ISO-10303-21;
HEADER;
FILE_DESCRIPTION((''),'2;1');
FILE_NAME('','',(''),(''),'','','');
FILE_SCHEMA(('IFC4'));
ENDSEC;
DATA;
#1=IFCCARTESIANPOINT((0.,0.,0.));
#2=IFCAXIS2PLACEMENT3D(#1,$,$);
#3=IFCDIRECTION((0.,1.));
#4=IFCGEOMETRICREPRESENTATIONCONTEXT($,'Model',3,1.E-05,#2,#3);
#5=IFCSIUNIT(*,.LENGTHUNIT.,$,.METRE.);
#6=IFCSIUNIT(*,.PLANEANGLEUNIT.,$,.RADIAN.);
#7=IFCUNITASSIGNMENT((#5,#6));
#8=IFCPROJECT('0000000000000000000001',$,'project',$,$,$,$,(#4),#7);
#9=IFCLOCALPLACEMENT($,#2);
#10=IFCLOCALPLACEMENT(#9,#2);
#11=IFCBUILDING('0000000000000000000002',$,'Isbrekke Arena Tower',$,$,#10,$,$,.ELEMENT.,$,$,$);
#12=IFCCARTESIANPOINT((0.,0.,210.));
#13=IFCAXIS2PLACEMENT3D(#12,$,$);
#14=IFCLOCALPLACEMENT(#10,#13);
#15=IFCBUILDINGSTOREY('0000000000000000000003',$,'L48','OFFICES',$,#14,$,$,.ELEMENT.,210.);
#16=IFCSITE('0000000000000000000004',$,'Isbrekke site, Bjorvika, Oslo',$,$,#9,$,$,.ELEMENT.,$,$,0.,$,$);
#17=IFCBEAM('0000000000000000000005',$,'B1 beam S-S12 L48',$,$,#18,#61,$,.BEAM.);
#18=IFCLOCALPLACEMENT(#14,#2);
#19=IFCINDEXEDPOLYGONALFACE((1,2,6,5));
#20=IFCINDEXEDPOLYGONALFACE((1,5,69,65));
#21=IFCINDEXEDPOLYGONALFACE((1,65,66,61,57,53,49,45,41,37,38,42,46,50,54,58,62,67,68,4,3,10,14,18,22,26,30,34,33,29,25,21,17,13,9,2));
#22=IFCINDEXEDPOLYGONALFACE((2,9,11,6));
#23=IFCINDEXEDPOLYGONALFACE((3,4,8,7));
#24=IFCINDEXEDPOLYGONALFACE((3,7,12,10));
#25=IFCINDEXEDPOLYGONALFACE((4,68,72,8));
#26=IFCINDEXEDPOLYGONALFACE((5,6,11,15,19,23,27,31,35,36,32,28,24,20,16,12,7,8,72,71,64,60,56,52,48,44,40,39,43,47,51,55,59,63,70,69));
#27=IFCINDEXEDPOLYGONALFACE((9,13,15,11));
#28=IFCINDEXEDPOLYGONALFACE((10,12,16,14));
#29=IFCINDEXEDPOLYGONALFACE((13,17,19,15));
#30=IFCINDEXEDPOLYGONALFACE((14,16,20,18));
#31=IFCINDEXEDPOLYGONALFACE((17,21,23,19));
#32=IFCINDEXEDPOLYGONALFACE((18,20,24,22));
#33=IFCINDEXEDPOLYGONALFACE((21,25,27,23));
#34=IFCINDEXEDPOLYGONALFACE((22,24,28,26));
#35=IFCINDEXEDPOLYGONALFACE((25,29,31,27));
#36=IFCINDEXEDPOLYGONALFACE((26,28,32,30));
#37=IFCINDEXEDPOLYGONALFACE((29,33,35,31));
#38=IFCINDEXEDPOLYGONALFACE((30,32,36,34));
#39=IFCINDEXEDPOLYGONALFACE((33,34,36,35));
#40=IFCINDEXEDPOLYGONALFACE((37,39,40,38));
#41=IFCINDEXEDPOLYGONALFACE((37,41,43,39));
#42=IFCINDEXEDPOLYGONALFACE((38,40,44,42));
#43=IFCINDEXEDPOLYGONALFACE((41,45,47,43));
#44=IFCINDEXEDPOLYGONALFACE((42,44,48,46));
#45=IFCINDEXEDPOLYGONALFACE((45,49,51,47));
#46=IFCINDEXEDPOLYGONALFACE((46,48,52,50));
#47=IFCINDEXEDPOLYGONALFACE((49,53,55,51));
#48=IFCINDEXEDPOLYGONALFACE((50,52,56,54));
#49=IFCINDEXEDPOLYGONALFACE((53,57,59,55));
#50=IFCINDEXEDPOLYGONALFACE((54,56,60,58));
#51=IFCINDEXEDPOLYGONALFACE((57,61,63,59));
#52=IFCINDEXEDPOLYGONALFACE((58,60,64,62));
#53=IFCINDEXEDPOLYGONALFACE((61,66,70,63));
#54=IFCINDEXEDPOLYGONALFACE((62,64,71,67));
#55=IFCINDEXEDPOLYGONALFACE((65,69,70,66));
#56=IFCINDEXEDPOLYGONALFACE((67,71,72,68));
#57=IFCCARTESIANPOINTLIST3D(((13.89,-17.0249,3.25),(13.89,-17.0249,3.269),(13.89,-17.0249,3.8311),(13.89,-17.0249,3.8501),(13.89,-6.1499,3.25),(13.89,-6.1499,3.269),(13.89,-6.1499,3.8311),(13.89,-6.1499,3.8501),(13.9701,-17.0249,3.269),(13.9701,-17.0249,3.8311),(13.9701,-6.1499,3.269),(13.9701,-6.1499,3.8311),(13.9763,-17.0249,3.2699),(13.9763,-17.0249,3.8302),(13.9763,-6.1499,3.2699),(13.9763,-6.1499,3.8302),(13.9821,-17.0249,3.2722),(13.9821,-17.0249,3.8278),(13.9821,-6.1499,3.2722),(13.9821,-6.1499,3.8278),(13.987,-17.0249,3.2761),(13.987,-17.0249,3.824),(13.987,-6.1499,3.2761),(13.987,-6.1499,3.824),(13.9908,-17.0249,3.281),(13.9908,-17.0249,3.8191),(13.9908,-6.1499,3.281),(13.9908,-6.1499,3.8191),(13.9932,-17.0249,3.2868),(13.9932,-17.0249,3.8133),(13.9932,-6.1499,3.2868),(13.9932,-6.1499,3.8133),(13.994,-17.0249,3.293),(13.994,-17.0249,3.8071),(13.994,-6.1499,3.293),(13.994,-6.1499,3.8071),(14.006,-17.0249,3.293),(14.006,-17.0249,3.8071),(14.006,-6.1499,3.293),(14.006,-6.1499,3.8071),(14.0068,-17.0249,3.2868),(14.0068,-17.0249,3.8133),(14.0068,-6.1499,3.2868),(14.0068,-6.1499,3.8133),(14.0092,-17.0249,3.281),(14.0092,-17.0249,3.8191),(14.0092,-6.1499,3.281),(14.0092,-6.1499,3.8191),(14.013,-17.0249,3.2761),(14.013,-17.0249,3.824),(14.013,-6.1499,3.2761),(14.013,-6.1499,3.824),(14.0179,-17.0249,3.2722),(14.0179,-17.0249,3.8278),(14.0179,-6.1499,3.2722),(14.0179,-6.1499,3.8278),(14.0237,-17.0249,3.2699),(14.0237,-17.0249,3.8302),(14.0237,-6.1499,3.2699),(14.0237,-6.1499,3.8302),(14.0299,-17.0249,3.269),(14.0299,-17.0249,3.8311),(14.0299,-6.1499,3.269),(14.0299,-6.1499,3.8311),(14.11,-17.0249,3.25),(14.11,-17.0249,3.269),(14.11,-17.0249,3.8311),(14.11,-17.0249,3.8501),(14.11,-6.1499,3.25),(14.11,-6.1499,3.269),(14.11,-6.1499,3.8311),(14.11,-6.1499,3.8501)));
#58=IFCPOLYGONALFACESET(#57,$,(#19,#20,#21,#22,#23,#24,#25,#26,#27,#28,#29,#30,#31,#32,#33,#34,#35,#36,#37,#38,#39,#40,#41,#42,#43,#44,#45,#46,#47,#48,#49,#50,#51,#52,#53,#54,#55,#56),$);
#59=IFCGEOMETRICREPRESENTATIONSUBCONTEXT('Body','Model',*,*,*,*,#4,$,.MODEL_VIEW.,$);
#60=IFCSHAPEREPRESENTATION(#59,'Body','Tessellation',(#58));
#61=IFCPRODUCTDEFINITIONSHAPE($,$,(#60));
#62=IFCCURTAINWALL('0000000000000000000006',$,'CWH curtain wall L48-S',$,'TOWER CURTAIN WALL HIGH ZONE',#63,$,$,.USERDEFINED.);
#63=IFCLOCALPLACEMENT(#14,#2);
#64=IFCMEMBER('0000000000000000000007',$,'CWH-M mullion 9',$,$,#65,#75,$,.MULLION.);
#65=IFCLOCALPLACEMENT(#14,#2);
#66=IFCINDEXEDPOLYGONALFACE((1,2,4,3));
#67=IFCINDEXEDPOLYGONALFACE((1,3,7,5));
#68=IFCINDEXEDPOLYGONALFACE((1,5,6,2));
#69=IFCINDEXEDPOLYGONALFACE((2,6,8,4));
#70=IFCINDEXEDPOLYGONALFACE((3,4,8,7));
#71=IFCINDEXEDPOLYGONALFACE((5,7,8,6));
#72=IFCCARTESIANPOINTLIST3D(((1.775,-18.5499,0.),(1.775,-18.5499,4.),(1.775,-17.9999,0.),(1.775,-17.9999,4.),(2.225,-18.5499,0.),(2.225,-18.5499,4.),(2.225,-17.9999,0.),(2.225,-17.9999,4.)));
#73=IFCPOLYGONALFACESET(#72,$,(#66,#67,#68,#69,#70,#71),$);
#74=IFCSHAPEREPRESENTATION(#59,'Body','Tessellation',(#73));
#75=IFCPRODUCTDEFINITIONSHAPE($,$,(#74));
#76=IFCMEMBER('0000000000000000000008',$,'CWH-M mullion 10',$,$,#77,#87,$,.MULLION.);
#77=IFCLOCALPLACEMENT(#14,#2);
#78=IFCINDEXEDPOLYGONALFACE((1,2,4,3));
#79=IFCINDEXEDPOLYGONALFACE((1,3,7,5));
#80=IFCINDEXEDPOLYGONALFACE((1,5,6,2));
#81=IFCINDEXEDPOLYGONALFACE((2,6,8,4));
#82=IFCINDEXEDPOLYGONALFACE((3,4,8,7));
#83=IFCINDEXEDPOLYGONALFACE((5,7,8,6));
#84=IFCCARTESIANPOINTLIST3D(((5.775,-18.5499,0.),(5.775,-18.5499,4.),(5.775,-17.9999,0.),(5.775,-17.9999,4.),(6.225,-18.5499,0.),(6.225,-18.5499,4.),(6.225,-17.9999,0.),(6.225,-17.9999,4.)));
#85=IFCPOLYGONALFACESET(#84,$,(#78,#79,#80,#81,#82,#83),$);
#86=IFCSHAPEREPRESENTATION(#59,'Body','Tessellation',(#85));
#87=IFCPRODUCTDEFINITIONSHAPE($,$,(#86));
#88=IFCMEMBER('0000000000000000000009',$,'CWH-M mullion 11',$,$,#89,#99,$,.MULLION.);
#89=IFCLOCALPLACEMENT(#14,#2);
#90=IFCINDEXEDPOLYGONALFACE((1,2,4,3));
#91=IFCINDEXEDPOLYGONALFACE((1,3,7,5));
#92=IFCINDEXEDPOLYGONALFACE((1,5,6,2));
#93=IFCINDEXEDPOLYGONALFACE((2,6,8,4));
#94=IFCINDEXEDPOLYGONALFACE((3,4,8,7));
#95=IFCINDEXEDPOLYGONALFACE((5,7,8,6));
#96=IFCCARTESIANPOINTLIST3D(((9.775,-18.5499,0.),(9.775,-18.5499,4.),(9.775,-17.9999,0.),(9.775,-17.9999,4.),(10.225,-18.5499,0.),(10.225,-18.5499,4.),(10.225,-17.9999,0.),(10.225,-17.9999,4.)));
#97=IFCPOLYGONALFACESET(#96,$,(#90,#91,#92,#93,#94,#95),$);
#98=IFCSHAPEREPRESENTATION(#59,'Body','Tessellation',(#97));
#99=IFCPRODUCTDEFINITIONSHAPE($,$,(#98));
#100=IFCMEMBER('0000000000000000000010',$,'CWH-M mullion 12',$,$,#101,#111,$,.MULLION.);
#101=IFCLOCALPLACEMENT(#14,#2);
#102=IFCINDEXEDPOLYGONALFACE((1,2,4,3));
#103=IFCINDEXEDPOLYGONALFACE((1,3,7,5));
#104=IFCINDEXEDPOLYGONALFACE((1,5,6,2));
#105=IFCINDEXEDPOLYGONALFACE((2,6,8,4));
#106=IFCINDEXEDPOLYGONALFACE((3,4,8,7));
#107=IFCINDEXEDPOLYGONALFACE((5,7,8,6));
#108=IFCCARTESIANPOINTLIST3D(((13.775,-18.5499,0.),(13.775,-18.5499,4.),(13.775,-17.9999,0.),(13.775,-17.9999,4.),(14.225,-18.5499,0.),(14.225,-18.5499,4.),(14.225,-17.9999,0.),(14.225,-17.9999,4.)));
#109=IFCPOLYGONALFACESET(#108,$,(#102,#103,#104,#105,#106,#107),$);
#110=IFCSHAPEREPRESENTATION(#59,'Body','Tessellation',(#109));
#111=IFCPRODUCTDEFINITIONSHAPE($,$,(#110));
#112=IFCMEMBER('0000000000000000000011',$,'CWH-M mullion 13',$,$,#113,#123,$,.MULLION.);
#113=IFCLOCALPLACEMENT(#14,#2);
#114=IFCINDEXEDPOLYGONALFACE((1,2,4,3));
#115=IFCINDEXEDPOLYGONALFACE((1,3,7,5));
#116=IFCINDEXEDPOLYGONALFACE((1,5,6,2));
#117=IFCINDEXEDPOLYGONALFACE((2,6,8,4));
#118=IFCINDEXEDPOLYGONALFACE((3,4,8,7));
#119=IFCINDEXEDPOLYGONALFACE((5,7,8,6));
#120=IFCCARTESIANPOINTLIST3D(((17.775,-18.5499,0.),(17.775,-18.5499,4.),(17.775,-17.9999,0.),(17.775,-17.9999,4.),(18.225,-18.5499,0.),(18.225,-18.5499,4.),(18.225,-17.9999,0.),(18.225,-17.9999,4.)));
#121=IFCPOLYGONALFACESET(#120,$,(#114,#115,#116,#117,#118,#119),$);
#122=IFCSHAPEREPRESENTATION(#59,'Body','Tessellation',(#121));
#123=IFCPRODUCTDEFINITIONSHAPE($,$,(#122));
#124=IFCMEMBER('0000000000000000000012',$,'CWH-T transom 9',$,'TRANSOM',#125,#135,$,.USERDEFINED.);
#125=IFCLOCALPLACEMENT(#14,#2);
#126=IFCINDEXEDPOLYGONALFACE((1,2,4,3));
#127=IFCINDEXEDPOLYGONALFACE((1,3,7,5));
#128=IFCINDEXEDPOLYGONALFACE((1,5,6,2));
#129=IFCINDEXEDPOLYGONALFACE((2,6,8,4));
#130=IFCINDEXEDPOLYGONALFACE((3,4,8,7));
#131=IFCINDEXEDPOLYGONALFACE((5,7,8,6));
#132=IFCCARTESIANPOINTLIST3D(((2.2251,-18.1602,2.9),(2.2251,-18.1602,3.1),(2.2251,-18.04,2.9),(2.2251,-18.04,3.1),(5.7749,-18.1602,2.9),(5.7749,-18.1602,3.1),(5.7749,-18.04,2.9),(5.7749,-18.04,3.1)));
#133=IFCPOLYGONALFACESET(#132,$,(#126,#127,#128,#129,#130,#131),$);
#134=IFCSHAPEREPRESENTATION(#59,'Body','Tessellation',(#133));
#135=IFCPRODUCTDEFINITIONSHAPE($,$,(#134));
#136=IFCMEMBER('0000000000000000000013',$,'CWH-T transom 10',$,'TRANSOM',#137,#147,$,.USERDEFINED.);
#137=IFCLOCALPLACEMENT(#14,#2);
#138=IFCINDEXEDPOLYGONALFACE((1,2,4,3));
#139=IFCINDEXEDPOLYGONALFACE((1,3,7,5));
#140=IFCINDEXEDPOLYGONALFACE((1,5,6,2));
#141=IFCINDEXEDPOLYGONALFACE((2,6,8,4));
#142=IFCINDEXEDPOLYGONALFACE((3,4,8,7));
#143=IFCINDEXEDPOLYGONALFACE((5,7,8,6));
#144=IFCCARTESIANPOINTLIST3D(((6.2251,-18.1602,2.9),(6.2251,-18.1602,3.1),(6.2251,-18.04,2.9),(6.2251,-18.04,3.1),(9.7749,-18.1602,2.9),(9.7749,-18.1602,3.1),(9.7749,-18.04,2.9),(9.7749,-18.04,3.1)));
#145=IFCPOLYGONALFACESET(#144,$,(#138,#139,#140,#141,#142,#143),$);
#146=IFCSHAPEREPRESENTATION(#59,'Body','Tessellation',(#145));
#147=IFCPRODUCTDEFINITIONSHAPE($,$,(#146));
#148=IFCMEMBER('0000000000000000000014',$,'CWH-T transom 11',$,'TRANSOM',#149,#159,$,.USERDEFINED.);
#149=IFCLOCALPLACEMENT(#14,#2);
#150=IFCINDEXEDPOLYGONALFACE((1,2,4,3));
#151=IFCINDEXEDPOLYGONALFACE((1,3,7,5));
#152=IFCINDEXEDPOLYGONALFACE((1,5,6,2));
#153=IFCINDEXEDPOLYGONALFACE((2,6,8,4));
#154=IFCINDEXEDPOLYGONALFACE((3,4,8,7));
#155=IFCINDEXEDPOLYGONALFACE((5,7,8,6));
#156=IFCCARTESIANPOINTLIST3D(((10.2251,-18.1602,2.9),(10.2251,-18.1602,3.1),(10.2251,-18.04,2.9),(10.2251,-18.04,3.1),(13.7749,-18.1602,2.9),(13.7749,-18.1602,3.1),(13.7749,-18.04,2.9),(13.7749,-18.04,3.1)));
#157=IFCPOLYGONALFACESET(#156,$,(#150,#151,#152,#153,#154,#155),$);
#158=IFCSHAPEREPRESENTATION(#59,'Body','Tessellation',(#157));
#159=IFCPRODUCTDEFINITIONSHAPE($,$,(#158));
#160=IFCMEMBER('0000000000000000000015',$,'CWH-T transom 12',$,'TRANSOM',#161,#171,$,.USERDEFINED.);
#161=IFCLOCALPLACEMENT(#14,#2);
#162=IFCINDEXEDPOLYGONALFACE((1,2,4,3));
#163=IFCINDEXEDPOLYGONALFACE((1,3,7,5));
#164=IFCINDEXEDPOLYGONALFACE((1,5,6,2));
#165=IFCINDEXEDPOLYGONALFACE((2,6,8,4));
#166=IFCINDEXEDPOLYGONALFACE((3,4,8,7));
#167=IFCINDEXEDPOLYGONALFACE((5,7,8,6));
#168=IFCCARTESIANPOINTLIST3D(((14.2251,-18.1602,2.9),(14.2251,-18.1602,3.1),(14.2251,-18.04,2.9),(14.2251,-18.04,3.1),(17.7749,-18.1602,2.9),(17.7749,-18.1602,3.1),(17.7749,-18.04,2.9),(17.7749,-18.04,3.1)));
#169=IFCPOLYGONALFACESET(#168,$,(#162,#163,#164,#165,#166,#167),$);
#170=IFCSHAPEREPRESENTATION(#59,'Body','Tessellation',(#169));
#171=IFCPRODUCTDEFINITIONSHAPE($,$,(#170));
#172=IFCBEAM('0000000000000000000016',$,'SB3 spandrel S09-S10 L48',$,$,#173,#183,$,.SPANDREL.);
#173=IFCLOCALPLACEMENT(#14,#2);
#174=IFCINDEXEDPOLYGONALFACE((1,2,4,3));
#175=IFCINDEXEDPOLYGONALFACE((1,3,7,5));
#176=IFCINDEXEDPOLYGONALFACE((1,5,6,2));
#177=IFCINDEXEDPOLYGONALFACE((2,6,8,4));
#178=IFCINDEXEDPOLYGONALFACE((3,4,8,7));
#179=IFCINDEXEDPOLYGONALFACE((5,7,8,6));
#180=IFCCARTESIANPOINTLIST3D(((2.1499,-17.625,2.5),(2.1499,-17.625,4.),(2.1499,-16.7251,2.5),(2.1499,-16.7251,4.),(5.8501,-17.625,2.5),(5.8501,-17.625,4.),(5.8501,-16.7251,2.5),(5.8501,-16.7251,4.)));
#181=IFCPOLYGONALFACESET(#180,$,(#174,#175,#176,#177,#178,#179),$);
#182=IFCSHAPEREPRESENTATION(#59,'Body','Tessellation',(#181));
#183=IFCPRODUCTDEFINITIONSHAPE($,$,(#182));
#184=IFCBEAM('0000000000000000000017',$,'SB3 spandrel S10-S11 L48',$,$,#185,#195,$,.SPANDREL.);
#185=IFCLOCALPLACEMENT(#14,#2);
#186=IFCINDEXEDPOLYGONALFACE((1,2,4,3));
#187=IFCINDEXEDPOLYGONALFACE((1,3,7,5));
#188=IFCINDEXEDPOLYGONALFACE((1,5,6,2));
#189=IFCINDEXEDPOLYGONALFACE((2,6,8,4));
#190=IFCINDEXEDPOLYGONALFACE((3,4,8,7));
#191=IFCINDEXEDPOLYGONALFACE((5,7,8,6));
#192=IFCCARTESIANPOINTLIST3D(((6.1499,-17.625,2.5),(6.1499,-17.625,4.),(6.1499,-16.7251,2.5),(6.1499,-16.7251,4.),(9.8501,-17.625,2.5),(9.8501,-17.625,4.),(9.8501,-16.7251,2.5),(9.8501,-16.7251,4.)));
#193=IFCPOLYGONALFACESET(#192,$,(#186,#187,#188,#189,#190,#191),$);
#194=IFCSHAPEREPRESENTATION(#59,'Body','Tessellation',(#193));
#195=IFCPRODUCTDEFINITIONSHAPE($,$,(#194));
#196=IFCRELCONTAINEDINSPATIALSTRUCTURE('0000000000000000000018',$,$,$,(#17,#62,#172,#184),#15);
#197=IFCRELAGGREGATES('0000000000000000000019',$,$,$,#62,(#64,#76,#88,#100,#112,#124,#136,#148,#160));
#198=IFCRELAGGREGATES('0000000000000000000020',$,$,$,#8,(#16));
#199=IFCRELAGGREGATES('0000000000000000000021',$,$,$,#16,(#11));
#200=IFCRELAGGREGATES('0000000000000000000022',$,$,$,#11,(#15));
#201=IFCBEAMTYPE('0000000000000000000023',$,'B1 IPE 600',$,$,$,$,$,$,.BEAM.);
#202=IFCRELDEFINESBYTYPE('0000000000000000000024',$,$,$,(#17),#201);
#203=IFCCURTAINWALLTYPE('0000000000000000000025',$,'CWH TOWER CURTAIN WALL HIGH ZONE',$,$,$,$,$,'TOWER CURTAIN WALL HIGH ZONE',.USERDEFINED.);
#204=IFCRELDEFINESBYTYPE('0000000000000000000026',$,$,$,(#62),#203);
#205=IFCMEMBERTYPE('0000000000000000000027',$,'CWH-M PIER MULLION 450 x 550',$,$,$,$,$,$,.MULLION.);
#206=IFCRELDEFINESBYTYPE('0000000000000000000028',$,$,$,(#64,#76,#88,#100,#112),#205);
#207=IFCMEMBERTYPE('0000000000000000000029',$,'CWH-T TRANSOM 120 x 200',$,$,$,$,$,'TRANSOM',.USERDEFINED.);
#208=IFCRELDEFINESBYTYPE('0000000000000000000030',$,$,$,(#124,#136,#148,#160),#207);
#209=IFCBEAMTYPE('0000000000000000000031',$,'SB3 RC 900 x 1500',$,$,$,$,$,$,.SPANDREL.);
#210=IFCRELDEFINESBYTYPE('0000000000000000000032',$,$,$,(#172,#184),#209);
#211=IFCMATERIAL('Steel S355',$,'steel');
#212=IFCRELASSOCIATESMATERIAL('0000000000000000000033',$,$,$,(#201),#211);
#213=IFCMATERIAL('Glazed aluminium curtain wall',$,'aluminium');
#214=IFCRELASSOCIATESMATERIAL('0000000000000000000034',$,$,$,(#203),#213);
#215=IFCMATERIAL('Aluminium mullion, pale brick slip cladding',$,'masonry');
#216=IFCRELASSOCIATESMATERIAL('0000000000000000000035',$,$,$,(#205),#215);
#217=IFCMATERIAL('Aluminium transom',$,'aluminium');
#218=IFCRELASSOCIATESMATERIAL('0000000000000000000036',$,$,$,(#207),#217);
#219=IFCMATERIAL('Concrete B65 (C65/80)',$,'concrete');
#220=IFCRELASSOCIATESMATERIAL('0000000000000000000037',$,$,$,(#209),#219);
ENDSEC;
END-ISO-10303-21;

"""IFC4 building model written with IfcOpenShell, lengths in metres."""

from ifc_helpers import new_model, si_unit, direction, frame, origin, origin_2d, place, context, subcontext, project, spatial, rectangle, i_section, extrude, material, material_profile, profile_set, type_object, element, aggregate, save


model = new_model("IFC4")

# Units and contexts
model_context = context("Model", 3, precision=1e-05, world=origin(), true_north=direction((0.0, 1.0)))
body_context = subcontext(model_context, "Body", "Model", "MODEL_VIEW")
ifc_project = project(units=[si_unit("LENGTHUNIT", "METRE"), si_unit("PLANEANGLEUNIT", "RADIAN")], contexts=[model_context])

# Site, building, storey
site_placement = place(None, origin())
site = spatial("IfcSite", under=ifc_project, at=site_placement, Name="Isbrekke site, Bjorvika, Oslo", CompositionType="ELEMENT", RefElevation=0.0)
building_placement = place(site_placement, origin())
building = spatial("IfcBuilding", under=site, at=building_placement, Name="Isbrekke Arena Tower", CompositionType="ELEMENT")
storey_placement = place(building_placement, frame((0.0, 0.0, 210.0)))
storey = spatial("IfcBuildingStorey", under=building, at=storey_placement, Name="L48", Description="OFFICES", CompositionType="ELEMENT", Elevation=210.0)

# Beam
ifc_material_1 = material(Name="Steel S355", Category="steel")
ifc_material_profile_1 = material_profile(ifc_material_1, i_section(OverallWidth=0.22, OverallDepth=0.6001, WebThickness=0.012, FlangeThickness=0.019, FilletRadius=0.0239, at=origin_2d()), Name="IPE 600")
ifc_profile_set_1 = profile_set([ifc_material_profile_1], Name="Steel S355")
beam_type_1 = type_object("IfcBeamType", Name="B1 IPE 600", PredefinedType="BEAM", material=ifc_profile_set_1)
beam_placement = place(storey_placement, frame((14.0, -17.0249, 3.55), z_axis=(0.0, 1.0, 0.0), x_axis=(-1.0, 0.0, 0.0)))
element("IfcBeam", 1, at=beam_placement, inside=storey, type_object=beam_type_1, Name="B1 beam S-S12 L48", PredefinedType="BEAM", context=body_context, shape_type="SweptSolid", body=[
    extrude(i_section(OverallWidth=0.22, OverallDepth=0.6001, WebThickness=0.012, FlangeThickness=0.019, FilletRadius=0.0239, at=origin_2d()), origin(), (0.0, 0.0, 1.0), 10.875),
])

# Curtain wall, members
ifc_material_2 = material(Name="Glazed aluminium curtain wall", Category="aluminium")
curtain_wall_type = type_object("IfcCurtainWallType", Name="CWH TOWER CURTAIN WALL HIGH ZONE", ElementType="TOWER CURTAIN WALL HIGH ZONE", PredefinedType="USERDEFINED", material=ifc_material_2)
curtain_wall_placement = place(storey_placement, origin())
curtain_wall = element("IfcCurtainWall", 2, at=curtain_wall_placement, inside=storey, type_object=curtain_wall_type, Name="CWH curtain wall L48-S", ObjectType="TOWER CURTAIN WALL HIGH ZONE", PredefinedType="USERDEFINED")
ifc_material_3 = material(Name="Aluminium mullion, pale brick slip cladding", Category="masonry")
ifc_material_profile_2 = material_profile(ifc_material_3, rectangle(XDim=0.45, YDim=0.55, at=origin_2d()), Name="PIER 450X550")
ifc_profile_set_2 = profile_set([ifc_material_profile_2], Name="Aluminium mullion, pale brick slip cladding")
member_type_1 = type_object("IfcMemberType", Name="CWH-M PIER MULLION 450 x 550", PredefinedType="MULLION", material=ifc_profile_set_2)
member_1_placement = place(storey_placement, frame((2.0, -18.2749, 0.0), z_axis=(0.0, 0.0, 1.0), x_axis=(1.0, 0.0, 0.0)))
member_1 = element("IfcMember", 3, at=member_1_placement, type_object=member_type_1, Name="CWH-M mullion 9", PredefinedType="MULLION", context=body_context, shape_type="SweptSolid", body=[
    extrude(rectangle(XDim=0.45, YDim=0.55, at=origin_2d()), origin(), (0.0, 0.0, 1.0), 4.0),
])
member_2_placement = place(storey_placement, frame((6.0, -18.2749, 0.0), z_axis=(0.0, 0.0, 1.0), x_axis=(1.0, 0.0, 0.0)))
member_2 = element("IfcMember", 4, at=member_2_placement, type_object=member_type_1, Name="CWH-M mullion 10", PredefinedType="MULLION", context=body_context, shape_type="SweptSolid", body=[
    extrude(rectangle(XDim=0.45, YDim=0.55, at=origin_2d()), origin(), (0.0, 0.0, 1.0), 4.0),
])
member_3_placement = place(storey_placement, frame((10.0, -18.2749, 0.0), z_axis=(0.0, 0.0, 1.0), x_axis=(1.0, 0.0, 0.0)))
member_3 = element("IfcMember", 5, at=member_3_placement, type_object=member_type_1, Name="CWH-M mullion 11", PredefinedType="MULLION", context=body_context, shape_type="SweptSolid", body=[
    extrude(rectangle(XDim=0.45, YDim=0.55, at=origin_2d()), origin(), (0.0, 0.0, 1.0), 4.0),
])
member_4_placement = place(storey_placement, frame((14.0, -18.2749, 0.0), z_axis=(0.0, 0.0, 1.0), x_axis=(1.0, 0.0, 0.0)))
member_4 = element("IfcMember", 6, at=member_4_placement, type_object=member_type_1, Name="CWH-M mullion 12", PredefinedType="MULLION", context=body_context, shape_type="SweptSolid", body=[
    extrude(rectangle(XDim=0.45, YDim=0.55, at=origin_2d()), origin(), (0.0, 0.0, 1.0), 4.0),
])
member_5_placement = place(storey_placement, frame((18.0, -18.2749, 0.0), z_axis=(0.0, 0.0, 1.0), x_axis=(1.0, 0.0, 0.0)))
member_5 = element("IfcMember", 7, at=member_5_placement, type_object=member_type_1, Name="CWH-M mullion 13", PredefinedType="MULLION", context=body_context, shape_type="SweptSolid", body=[
    extrude(rectangle(XDim=0.45, YDim=0.55, at=origin_2d()), origin(), (0.0, 0.0, 1.0), 4.0),
])
ifc_material_4 = material(Name="Aluminium transom", Category="aluminium")
ifc_material_profile_3 = material_profile(ifc_material_4, rectangle(XDim=0.1201, YDim=0.2, at=origin_2d()), Name="TRANSOM 120X200")
ifc_profile_set_3 = profile_set([ifc_material_profile_3], Name="Aluminium transom")
member_type_2 = type_object("IfcMemberType", Name="CWH-T TRANSOM 120 x 200", ElementType="TRANSOM", PredefinedType="USERDEFINED", material=ifc_profile_set_3)
member_6_placement = place(storey_placement, frame((2.2251, -18.1001, 3.0), z_axis=(1.0, 0.0, 0.0), x_axis=(0.0, 1.0, 0.0)))
member_6 = element("IfcMember", 8, at=member_6_placement, type_object=member_type_2, Name="CWH-T transom 9", ObjectType="TRANSOM", PredefinedType="USERDEFINED", context=body_context, shape_type="SweptSolid", body=[
    extrude(rectangle(XDim=0.1201, YDim=0.2, at=origin_2d()), origin(), (0.0, 0.0, 1.0), 3.5498),
])
member_7_placement = place(storey_placement, frame((6.2251, -18.1001, 3.0), z_axis=(1.0, 0.0, 0.0), x_axis=(0.0, 1.0, 0.0)))
member_7 = element("IfcMember", 9, at=member_7_placement, type_object=member_type_2, Name="CWH-T transom 10", ObjectType="TRANSOM", PredefinedType="USERDEFINED", context=body_context, shape_type="SweptSolid", body=[
    extrude(rectangle(XDim=0.1201, YDim=0.2, at=origin_2d()), origin(), (0.0, 0.0, 1.0), 3.5498),
])
member_8_placement = place(storey_placement, frame((10.2251, -18.1001, 3.0), z_axis=(1.0, 0.0, 0.0), x_axis=(0.0, 1.0, 0.0)))
member_8 = element("IfcMember", 10, at=member_8_placement, type_object=member_type_2, Name="CWH-T transom 11", ObjectType="TRANSOM", PredefinedType="USERDEFINED", context=body_context, shape_type="SweptSolid", body=[
    extrude(rectangle(XDim=0.1201, YDim=0.2, at=origin_2d()), origin(), (0.0, 0.0, 1.0), 3.5498),
])
member_9_placement = place(storey_placement, frame((14.2251, -18.1001, 3.0), z_axis=(1.0, 0.0, 0.0), x_axis=(0.0, 1.0, 0.0)))
member_9 = element("IfcMember", 11, at=member_9_placement, type_object=member_type_2, Name="CWH-T transom 12", ObjectType="TRANSOM", PredefinedType="USERDEFINED", context=body_context, shape_type="SweptSolid", body=[
    extrude(rectangle(XDim=0.1201, YDim=0.2, at=origin_2d()), origin(), (0.0, 0.0, 1.0), 3.5498),
])

# Beams
ifc_material_5 = material(Name="Concrete B65 (C65/80)", Category="concrete")
ifc_material_profile_4 = material_profile(ifc_material_5, rectangle(XDim=0.8999, YDim=1.5, at=origin_2d()), Name="RC 900x1500")
ifc_profile_set_4 = profile_set([ifc_material_profile_4], Name="Concrete B65 (C65/80)")
beam_type_2 = type_object("IfcBeamType", Name="SB3 RC 900 x 1500", PredefinedType="SPANDREL", material=ifc_profile_set_4)
for number, where, z_axis, x_axis, name in (
    (12, (2.1499, -17.175, 3.25), (1.0, 0.0, 0.0), (0.0, 1.0, 0.0), "SB3 spandrel S09-S10 L48"),
    (13, (6.1499, -17.175, 3.25), (1.0, 0.0, 0.0), (0.0, 1.0, 0.0), "SB3 spandrel S10-S11 L48"),
):
    element("IfcBeam", number, at=place(storey_placement, frame(where, z_axis=z_axis, x_axis=x_axis)), inside=storey, type_object=beam_type_2, Name=name, PredefinedType="SPANDREL", context=body_context, shape_type="SweptSolid", body=[
        extrude(rectangle(XDim=0.8999, YDim=1.5, at=origin_2d()), origin(), (0.0, 0.0, 1.0), 3.7002),
    ])

aggregate(curtain_wall, [member_1, member_2, member_3, member_4, member_5, member_6, member_7, member_8, member_9])

save(model, "model.ifc")
